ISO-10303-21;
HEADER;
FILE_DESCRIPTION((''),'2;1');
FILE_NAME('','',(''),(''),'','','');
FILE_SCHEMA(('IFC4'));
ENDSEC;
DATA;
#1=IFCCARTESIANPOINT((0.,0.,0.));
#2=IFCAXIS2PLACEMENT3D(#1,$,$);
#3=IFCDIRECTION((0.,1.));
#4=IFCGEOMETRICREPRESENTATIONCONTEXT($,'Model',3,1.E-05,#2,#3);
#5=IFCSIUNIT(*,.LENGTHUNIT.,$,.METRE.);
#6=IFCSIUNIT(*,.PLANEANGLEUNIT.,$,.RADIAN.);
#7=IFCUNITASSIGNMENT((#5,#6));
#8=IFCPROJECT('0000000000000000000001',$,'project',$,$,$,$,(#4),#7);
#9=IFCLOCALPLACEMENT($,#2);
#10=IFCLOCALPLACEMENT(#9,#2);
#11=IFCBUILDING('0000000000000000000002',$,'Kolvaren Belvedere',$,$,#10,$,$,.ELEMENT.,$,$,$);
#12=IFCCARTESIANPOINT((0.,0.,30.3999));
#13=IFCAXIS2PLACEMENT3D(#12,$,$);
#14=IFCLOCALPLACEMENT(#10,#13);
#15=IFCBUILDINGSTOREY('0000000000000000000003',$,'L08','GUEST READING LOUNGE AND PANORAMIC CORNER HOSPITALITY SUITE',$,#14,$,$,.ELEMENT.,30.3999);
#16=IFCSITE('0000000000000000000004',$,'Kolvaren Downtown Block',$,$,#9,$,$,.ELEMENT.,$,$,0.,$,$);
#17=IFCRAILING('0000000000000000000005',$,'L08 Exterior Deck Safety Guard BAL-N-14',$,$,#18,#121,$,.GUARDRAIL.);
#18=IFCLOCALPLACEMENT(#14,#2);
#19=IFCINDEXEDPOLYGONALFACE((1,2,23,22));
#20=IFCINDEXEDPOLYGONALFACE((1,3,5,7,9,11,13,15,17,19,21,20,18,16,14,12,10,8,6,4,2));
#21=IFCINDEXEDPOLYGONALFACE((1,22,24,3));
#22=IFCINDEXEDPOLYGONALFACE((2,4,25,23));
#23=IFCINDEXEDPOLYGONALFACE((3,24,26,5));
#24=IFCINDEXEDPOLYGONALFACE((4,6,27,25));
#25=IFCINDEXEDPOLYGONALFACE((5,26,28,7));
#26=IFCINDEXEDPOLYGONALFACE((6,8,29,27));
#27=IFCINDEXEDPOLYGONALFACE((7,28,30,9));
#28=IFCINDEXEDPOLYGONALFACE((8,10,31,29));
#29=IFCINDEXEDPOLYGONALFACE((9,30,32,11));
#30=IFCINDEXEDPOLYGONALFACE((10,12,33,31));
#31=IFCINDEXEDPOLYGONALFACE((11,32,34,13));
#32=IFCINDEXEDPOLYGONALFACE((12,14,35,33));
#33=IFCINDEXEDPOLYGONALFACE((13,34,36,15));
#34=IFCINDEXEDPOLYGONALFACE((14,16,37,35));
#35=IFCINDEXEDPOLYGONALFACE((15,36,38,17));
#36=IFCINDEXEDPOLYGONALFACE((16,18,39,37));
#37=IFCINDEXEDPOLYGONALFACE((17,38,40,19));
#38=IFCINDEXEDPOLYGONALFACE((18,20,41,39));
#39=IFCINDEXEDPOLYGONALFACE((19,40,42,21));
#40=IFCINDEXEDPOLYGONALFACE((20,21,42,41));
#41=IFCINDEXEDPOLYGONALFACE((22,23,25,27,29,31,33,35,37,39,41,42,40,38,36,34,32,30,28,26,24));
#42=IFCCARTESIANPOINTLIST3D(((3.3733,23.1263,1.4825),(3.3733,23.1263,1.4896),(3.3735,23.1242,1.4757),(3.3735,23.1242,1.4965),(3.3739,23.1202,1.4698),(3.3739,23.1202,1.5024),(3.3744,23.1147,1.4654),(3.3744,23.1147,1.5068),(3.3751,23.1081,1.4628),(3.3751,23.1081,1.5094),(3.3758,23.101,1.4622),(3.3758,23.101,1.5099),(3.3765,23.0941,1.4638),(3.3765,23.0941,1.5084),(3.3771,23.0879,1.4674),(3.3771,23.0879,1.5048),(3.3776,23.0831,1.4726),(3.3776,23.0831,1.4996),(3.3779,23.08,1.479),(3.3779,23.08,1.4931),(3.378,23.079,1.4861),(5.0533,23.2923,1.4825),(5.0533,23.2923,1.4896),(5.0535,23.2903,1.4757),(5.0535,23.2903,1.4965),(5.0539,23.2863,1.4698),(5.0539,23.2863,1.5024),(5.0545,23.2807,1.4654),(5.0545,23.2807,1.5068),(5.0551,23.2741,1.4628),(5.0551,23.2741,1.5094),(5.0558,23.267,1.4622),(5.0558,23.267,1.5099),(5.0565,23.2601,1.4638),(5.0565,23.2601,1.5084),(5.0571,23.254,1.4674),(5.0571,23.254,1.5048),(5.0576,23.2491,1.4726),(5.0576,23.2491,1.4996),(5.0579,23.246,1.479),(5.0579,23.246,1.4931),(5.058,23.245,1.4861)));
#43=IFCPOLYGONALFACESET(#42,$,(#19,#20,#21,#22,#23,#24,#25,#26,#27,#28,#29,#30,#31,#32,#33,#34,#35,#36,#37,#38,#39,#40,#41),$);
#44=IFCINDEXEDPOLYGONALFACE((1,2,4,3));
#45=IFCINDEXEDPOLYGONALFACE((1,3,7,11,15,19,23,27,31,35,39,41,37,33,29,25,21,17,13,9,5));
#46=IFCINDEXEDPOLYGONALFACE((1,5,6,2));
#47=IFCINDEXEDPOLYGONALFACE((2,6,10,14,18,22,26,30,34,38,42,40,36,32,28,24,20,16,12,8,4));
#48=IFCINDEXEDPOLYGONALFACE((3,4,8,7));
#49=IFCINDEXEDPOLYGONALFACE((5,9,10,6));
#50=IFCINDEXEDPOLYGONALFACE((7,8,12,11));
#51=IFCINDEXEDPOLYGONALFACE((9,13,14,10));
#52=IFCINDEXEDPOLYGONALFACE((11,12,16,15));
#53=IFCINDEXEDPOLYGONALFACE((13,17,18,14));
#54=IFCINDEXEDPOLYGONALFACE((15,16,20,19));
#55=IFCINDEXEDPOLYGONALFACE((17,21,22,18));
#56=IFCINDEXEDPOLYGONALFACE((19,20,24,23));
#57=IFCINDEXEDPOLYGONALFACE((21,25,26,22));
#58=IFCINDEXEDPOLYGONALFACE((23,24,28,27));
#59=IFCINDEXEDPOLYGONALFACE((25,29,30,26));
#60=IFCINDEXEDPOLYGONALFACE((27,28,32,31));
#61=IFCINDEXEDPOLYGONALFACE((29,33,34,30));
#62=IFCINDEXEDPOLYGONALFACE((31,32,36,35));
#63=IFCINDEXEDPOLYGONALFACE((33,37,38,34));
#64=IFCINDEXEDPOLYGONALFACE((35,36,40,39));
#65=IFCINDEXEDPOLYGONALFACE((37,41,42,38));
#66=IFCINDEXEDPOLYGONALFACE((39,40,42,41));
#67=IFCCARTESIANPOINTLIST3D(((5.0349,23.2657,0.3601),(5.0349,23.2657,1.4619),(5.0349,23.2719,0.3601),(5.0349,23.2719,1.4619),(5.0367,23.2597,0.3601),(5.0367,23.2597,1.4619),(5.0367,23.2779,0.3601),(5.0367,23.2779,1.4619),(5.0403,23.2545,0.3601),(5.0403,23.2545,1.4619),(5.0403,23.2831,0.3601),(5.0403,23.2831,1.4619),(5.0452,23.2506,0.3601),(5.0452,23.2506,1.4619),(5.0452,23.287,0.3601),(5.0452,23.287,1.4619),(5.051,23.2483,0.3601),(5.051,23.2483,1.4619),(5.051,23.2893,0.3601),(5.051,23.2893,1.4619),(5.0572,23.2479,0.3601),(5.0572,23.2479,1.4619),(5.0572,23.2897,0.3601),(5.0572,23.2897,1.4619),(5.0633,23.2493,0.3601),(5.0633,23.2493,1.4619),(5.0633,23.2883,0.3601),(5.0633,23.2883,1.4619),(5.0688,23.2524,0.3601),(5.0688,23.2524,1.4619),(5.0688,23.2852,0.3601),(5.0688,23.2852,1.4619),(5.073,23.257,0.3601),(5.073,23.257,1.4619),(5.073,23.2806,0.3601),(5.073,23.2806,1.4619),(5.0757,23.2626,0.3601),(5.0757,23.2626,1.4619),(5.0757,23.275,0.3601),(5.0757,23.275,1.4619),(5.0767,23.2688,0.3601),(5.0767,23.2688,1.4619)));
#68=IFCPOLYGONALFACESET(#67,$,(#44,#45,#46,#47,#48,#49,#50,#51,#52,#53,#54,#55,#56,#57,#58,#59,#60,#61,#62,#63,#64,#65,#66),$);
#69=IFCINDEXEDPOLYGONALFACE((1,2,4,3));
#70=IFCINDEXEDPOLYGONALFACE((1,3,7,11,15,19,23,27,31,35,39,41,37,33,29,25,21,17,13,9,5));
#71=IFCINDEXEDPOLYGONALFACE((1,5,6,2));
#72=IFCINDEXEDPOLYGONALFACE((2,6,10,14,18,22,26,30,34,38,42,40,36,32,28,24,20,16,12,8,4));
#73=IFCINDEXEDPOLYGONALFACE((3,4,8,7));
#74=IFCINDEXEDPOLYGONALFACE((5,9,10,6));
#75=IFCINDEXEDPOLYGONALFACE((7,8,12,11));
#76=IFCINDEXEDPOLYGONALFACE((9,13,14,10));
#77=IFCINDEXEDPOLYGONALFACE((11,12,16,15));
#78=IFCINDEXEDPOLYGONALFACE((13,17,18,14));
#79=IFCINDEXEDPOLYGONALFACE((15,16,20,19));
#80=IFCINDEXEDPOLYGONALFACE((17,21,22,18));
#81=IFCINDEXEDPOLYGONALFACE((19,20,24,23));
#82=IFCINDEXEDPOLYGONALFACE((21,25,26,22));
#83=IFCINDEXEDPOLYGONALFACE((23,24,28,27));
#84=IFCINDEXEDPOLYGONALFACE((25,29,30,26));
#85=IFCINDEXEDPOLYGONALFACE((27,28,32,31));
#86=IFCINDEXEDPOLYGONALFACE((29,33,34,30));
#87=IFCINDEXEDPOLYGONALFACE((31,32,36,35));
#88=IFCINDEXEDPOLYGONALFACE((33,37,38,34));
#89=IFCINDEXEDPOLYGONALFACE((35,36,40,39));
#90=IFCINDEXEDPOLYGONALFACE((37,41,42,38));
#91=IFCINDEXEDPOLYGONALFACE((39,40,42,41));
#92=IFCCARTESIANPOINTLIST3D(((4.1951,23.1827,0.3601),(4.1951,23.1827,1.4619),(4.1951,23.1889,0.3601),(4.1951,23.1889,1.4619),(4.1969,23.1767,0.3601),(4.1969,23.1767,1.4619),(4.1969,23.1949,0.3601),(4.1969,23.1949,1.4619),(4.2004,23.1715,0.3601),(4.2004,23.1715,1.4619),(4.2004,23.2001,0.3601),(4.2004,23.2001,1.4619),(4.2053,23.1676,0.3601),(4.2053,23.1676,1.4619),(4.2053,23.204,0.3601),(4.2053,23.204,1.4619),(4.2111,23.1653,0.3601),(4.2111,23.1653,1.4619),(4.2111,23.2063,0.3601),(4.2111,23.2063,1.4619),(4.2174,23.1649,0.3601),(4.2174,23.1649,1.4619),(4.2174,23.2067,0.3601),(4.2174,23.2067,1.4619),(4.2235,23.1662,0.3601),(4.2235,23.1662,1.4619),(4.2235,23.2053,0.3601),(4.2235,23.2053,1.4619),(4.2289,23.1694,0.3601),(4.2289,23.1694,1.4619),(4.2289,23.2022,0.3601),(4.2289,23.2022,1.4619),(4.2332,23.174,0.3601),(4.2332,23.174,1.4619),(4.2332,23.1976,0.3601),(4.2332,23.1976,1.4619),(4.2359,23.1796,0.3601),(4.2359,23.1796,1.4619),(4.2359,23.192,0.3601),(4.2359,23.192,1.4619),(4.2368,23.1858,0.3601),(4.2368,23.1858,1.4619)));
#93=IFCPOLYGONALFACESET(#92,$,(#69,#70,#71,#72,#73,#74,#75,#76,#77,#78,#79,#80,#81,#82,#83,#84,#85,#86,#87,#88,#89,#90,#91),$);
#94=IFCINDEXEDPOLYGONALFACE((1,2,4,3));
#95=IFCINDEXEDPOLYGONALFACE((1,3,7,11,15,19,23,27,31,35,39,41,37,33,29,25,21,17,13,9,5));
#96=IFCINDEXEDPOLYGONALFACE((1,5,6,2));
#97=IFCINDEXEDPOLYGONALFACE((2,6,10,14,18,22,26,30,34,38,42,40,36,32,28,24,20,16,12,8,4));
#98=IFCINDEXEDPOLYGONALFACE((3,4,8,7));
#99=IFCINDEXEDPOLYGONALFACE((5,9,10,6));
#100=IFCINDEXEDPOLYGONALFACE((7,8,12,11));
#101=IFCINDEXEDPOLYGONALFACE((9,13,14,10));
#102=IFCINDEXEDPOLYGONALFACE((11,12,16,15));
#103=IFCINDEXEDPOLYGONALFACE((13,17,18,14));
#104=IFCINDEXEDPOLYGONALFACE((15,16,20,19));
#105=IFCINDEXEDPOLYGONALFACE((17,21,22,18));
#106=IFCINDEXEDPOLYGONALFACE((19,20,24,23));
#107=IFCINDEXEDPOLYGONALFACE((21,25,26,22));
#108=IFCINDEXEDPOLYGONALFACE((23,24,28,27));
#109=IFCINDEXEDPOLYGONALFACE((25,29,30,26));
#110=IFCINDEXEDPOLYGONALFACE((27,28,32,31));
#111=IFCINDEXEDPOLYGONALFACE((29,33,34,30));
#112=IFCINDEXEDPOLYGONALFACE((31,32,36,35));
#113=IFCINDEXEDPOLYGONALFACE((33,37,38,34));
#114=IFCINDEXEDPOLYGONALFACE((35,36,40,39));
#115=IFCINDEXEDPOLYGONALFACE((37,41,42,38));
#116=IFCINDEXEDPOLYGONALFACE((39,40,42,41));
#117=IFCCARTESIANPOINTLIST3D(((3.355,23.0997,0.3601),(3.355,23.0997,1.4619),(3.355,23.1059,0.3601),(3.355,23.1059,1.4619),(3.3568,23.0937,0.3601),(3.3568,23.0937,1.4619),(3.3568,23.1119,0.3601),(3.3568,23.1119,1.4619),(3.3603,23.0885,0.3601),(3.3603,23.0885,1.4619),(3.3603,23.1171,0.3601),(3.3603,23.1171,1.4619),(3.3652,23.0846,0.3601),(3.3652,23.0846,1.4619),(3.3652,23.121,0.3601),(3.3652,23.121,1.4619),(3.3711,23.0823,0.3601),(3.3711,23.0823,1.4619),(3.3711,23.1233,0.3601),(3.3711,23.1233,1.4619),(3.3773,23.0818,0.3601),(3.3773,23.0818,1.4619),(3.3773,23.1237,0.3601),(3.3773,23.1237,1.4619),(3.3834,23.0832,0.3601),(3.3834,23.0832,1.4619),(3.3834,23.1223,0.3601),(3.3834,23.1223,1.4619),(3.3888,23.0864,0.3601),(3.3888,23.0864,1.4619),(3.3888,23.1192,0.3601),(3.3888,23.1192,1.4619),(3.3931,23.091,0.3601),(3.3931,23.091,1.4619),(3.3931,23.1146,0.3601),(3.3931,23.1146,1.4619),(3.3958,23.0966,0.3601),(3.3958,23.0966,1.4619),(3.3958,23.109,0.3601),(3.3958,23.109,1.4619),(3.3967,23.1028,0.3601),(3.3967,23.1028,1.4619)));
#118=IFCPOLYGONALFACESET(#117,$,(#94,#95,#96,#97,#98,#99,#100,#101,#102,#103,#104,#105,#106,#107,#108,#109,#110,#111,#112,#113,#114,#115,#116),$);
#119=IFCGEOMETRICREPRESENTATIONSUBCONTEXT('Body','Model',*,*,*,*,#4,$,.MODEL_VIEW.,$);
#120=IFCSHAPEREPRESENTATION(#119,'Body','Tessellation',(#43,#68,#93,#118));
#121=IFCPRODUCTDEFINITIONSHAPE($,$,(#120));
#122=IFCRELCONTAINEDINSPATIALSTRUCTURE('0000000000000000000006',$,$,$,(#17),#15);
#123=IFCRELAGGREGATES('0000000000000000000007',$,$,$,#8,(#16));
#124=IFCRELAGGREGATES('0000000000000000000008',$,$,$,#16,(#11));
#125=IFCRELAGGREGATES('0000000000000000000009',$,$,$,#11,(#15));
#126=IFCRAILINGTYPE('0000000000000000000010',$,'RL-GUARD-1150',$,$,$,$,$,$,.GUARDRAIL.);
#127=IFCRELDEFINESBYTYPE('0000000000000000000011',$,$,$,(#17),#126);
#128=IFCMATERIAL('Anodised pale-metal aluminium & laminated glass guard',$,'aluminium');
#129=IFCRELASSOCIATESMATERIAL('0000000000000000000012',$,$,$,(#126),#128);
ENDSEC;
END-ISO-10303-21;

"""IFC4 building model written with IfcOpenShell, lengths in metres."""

from ifc_helpers import new_model, si_unit, direction, frame, origin, origin_2d, place, context, subcontext, project, spatial, circle, extrude, material, type_object, element, save


model = new_model("IFC4")

# Units and contexts
model_context = context("Model", 3, precision=1e-05, world=origin(), true_north=direction((0.0, 1.0)))
body_context = subcontext(model_context, "Body", "Model", "MODEL_VIEW")
ifc_project = project(units=[si_unit("LENGTHUNIT", "METRE"), si_unit("PLANEANGLEUNIT", "RADIAN")], contexts=[model_context])

# Site, building, storey
site_placement = place(None, origin())
site = spatial("IfcSite", under=ifc_project, at=site_placement, Name="Kolvaren Downtown Block", CompositionType="ELEMENT", RefElevation=0.0)
building_placement = place(site_placement, origin())
building = spatial("IfcBuilding", under=site, at=building_placement, Name="Kolvaren Belvedere", CompositionType="ELEMENT")
storey_placement = place(building_placement, frame((0.0, 0.0, 30.3999)))
storey = spatial("IfcBuildingStorey", under=building, at=storey_placement, Name="L08", Description="GUEST READING LOUNGE AND PANORAMIC CORNER HOSPITALITY SUITE", CompositionType="ELEMENT", Elevation=30.3999)

# Railing
ifc_material_1 = material(Name="Anodised pale-metal aluminium & laminated glass guard", Category="aluminium")
railing_type = type_object("IfcRailingType", Name="RL-GUARD-1150", PredefinedType="GUARDRAIL", material=ifc_material_1)
railing_1_placement = place(storey_placement, frame((5.0557, 23.2688, 0.3601)))
element("IfcRailing", 1, at=railing_1_placement, inside=storey, type_object=railing_type, Name="L08 Exterior Deck Safety Guard BAL-N-14", PredefinedType="GUARDRAIL", context=body_context, shape_type="SweptSolid", body=[
    extrude(circle(Radius=0.0239, at=origin_2d()), frame((0.0, 0.0, 1.126), z_axis=(-0.995152, -0.098344, 0.0), x_axis=(0.098344, -0.995152, 0.0)), (0.0, 0.0, 1.0), 1.6882),
    extrude(circle(Radius=0.021, at=origin_2d()), origin(), (0.0, 0.0, 1.0), 1.1018),
    extrude(circle(Radius=0.021, at=origin_2d()), frame((-0.8398, -0.083, 0.0)), (0.0, 0.0, 1.0), 1.1018),
    extrude(circle(Radius=0.021, at=origin_2d()), frame((-1.6799, -0.166, 0.0)), (0.0, 0.0, 1.0), 1.1018),
])

save(model, "model.ifc")
